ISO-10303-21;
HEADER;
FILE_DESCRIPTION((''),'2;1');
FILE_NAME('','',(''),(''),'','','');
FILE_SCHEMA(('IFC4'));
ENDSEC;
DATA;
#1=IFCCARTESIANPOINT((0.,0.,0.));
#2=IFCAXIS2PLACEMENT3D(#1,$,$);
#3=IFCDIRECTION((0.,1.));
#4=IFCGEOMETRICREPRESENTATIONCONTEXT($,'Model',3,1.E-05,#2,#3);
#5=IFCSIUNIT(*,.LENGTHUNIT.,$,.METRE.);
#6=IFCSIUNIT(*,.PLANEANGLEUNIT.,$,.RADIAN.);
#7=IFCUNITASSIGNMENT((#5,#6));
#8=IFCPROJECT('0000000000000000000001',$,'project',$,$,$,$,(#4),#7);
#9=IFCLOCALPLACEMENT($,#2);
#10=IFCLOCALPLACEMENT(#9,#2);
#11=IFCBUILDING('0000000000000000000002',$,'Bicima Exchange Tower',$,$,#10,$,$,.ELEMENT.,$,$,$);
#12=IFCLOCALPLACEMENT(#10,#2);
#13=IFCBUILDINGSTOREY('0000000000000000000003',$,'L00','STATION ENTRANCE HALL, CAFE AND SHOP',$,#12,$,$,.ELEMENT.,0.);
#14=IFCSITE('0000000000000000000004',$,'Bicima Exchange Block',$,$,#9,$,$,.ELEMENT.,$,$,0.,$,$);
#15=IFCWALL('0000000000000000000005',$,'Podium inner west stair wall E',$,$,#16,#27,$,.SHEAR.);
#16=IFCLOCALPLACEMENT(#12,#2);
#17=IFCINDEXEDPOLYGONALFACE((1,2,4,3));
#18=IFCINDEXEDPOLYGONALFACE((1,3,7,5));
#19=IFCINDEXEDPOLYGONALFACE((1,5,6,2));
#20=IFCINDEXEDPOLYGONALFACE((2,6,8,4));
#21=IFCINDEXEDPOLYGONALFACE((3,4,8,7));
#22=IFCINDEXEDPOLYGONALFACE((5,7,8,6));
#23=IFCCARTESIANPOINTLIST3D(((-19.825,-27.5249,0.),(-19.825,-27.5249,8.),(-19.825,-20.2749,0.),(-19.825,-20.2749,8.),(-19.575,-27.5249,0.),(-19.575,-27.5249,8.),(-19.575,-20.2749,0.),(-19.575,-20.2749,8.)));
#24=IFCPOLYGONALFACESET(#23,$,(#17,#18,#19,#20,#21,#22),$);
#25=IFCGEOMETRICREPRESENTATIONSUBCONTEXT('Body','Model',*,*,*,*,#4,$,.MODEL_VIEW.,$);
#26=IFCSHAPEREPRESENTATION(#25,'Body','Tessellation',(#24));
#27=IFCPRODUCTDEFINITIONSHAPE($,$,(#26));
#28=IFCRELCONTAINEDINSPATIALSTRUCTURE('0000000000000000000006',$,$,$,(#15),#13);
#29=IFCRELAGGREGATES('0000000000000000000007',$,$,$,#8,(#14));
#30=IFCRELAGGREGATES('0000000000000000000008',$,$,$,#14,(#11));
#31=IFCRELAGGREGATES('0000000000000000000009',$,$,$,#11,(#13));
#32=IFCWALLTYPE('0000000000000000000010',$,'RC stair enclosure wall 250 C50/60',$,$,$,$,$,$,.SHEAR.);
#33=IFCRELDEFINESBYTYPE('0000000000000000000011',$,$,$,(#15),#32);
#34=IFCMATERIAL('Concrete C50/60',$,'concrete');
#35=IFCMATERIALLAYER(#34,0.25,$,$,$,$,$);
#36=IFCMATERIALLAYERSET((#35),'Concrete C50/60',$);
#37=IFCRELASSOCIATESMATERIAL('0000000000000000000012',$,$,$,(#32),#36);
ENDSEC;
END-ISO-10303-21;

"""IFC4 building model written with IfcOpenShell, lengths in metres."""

from ifc_helpers import new_model, si_unit, direction, frame, frame_2d, origin, place, context, subcontext, project, spatial, rectangle, extrude, material, layer, layer_set, type_object, element, save


model = new_model("IFC4")

# Units and contexts
model_context = context("Model", 3, precision=1e-05, world=origin(), true_north=direction((0.0, 1.0)))
body_context = subcontext(model_context, "Body", "Model", "MODEL_VIEW")
ifc_project = project(units=[si_unit("LENGTHUNIT", "METRE"), si_unit("PLANEANGLEUNIT", "RADIAN")], contexts=[model_context])

# Site, building, storey
site_placement = place(None, origin())
site = spatial("IfcSite", under=ifc_project, at=site_placement, Name="Bicima Exchange Block", CompositionType="ELEMENT", RefElevation=0.0)
building_placement = place(site_placement, origin())
building = spatial("IfcBuilding", under=site, at=building_placement, Name="Bicima Exchange Tower", CompositionType="ELEMENT")
storey_placement = place(building_placement, origin())
storey = spatial("IfcBuildingStorey", under=building, at=storey_placement, Name="L00", Description="STATION ENTRANCE HALL, CAFE AND SHOP", CompositionType="ELEMENT", Elevation=0.0)

# Wall
ifc_material_1 = material(Name="Concrete C50/60", Category="concrete")
ifc_layer_1 = layer(ifc_material_1, 0.25)
ifc_layer_set_1 = layer_set([ifc_layer_1], Name="Concrete C50/60")
wall_type_1 = type_object("IfcWallType", Name="RC stair enclosure wall 250 C50/60", PredefinedType="SHEAR", material=ifc_layer_set_1)
wall_1_placement = place(storey_placement, frame((-19.7, -27.5249, 0.0), z_axis=(0.0, 0.0, 1.0), x_axis=(0.0, 1.0, 0.0)))
element("IfcWall", 1, at=wall_1_placement, inside=storey, type_object=wall_type_1, Name="Podium inner west stair wall E", PredefinedType="SHEAR", context=body_context, shape_type="SweptSolid", body=[
    extrude(rectangle(XDim=7.25, YDim=0.25, at=frame_2d((3.625, 0.0))), origin(), (0.0, 0.0, 1.0), 8.0),
])

save(model, "model.ifc")
